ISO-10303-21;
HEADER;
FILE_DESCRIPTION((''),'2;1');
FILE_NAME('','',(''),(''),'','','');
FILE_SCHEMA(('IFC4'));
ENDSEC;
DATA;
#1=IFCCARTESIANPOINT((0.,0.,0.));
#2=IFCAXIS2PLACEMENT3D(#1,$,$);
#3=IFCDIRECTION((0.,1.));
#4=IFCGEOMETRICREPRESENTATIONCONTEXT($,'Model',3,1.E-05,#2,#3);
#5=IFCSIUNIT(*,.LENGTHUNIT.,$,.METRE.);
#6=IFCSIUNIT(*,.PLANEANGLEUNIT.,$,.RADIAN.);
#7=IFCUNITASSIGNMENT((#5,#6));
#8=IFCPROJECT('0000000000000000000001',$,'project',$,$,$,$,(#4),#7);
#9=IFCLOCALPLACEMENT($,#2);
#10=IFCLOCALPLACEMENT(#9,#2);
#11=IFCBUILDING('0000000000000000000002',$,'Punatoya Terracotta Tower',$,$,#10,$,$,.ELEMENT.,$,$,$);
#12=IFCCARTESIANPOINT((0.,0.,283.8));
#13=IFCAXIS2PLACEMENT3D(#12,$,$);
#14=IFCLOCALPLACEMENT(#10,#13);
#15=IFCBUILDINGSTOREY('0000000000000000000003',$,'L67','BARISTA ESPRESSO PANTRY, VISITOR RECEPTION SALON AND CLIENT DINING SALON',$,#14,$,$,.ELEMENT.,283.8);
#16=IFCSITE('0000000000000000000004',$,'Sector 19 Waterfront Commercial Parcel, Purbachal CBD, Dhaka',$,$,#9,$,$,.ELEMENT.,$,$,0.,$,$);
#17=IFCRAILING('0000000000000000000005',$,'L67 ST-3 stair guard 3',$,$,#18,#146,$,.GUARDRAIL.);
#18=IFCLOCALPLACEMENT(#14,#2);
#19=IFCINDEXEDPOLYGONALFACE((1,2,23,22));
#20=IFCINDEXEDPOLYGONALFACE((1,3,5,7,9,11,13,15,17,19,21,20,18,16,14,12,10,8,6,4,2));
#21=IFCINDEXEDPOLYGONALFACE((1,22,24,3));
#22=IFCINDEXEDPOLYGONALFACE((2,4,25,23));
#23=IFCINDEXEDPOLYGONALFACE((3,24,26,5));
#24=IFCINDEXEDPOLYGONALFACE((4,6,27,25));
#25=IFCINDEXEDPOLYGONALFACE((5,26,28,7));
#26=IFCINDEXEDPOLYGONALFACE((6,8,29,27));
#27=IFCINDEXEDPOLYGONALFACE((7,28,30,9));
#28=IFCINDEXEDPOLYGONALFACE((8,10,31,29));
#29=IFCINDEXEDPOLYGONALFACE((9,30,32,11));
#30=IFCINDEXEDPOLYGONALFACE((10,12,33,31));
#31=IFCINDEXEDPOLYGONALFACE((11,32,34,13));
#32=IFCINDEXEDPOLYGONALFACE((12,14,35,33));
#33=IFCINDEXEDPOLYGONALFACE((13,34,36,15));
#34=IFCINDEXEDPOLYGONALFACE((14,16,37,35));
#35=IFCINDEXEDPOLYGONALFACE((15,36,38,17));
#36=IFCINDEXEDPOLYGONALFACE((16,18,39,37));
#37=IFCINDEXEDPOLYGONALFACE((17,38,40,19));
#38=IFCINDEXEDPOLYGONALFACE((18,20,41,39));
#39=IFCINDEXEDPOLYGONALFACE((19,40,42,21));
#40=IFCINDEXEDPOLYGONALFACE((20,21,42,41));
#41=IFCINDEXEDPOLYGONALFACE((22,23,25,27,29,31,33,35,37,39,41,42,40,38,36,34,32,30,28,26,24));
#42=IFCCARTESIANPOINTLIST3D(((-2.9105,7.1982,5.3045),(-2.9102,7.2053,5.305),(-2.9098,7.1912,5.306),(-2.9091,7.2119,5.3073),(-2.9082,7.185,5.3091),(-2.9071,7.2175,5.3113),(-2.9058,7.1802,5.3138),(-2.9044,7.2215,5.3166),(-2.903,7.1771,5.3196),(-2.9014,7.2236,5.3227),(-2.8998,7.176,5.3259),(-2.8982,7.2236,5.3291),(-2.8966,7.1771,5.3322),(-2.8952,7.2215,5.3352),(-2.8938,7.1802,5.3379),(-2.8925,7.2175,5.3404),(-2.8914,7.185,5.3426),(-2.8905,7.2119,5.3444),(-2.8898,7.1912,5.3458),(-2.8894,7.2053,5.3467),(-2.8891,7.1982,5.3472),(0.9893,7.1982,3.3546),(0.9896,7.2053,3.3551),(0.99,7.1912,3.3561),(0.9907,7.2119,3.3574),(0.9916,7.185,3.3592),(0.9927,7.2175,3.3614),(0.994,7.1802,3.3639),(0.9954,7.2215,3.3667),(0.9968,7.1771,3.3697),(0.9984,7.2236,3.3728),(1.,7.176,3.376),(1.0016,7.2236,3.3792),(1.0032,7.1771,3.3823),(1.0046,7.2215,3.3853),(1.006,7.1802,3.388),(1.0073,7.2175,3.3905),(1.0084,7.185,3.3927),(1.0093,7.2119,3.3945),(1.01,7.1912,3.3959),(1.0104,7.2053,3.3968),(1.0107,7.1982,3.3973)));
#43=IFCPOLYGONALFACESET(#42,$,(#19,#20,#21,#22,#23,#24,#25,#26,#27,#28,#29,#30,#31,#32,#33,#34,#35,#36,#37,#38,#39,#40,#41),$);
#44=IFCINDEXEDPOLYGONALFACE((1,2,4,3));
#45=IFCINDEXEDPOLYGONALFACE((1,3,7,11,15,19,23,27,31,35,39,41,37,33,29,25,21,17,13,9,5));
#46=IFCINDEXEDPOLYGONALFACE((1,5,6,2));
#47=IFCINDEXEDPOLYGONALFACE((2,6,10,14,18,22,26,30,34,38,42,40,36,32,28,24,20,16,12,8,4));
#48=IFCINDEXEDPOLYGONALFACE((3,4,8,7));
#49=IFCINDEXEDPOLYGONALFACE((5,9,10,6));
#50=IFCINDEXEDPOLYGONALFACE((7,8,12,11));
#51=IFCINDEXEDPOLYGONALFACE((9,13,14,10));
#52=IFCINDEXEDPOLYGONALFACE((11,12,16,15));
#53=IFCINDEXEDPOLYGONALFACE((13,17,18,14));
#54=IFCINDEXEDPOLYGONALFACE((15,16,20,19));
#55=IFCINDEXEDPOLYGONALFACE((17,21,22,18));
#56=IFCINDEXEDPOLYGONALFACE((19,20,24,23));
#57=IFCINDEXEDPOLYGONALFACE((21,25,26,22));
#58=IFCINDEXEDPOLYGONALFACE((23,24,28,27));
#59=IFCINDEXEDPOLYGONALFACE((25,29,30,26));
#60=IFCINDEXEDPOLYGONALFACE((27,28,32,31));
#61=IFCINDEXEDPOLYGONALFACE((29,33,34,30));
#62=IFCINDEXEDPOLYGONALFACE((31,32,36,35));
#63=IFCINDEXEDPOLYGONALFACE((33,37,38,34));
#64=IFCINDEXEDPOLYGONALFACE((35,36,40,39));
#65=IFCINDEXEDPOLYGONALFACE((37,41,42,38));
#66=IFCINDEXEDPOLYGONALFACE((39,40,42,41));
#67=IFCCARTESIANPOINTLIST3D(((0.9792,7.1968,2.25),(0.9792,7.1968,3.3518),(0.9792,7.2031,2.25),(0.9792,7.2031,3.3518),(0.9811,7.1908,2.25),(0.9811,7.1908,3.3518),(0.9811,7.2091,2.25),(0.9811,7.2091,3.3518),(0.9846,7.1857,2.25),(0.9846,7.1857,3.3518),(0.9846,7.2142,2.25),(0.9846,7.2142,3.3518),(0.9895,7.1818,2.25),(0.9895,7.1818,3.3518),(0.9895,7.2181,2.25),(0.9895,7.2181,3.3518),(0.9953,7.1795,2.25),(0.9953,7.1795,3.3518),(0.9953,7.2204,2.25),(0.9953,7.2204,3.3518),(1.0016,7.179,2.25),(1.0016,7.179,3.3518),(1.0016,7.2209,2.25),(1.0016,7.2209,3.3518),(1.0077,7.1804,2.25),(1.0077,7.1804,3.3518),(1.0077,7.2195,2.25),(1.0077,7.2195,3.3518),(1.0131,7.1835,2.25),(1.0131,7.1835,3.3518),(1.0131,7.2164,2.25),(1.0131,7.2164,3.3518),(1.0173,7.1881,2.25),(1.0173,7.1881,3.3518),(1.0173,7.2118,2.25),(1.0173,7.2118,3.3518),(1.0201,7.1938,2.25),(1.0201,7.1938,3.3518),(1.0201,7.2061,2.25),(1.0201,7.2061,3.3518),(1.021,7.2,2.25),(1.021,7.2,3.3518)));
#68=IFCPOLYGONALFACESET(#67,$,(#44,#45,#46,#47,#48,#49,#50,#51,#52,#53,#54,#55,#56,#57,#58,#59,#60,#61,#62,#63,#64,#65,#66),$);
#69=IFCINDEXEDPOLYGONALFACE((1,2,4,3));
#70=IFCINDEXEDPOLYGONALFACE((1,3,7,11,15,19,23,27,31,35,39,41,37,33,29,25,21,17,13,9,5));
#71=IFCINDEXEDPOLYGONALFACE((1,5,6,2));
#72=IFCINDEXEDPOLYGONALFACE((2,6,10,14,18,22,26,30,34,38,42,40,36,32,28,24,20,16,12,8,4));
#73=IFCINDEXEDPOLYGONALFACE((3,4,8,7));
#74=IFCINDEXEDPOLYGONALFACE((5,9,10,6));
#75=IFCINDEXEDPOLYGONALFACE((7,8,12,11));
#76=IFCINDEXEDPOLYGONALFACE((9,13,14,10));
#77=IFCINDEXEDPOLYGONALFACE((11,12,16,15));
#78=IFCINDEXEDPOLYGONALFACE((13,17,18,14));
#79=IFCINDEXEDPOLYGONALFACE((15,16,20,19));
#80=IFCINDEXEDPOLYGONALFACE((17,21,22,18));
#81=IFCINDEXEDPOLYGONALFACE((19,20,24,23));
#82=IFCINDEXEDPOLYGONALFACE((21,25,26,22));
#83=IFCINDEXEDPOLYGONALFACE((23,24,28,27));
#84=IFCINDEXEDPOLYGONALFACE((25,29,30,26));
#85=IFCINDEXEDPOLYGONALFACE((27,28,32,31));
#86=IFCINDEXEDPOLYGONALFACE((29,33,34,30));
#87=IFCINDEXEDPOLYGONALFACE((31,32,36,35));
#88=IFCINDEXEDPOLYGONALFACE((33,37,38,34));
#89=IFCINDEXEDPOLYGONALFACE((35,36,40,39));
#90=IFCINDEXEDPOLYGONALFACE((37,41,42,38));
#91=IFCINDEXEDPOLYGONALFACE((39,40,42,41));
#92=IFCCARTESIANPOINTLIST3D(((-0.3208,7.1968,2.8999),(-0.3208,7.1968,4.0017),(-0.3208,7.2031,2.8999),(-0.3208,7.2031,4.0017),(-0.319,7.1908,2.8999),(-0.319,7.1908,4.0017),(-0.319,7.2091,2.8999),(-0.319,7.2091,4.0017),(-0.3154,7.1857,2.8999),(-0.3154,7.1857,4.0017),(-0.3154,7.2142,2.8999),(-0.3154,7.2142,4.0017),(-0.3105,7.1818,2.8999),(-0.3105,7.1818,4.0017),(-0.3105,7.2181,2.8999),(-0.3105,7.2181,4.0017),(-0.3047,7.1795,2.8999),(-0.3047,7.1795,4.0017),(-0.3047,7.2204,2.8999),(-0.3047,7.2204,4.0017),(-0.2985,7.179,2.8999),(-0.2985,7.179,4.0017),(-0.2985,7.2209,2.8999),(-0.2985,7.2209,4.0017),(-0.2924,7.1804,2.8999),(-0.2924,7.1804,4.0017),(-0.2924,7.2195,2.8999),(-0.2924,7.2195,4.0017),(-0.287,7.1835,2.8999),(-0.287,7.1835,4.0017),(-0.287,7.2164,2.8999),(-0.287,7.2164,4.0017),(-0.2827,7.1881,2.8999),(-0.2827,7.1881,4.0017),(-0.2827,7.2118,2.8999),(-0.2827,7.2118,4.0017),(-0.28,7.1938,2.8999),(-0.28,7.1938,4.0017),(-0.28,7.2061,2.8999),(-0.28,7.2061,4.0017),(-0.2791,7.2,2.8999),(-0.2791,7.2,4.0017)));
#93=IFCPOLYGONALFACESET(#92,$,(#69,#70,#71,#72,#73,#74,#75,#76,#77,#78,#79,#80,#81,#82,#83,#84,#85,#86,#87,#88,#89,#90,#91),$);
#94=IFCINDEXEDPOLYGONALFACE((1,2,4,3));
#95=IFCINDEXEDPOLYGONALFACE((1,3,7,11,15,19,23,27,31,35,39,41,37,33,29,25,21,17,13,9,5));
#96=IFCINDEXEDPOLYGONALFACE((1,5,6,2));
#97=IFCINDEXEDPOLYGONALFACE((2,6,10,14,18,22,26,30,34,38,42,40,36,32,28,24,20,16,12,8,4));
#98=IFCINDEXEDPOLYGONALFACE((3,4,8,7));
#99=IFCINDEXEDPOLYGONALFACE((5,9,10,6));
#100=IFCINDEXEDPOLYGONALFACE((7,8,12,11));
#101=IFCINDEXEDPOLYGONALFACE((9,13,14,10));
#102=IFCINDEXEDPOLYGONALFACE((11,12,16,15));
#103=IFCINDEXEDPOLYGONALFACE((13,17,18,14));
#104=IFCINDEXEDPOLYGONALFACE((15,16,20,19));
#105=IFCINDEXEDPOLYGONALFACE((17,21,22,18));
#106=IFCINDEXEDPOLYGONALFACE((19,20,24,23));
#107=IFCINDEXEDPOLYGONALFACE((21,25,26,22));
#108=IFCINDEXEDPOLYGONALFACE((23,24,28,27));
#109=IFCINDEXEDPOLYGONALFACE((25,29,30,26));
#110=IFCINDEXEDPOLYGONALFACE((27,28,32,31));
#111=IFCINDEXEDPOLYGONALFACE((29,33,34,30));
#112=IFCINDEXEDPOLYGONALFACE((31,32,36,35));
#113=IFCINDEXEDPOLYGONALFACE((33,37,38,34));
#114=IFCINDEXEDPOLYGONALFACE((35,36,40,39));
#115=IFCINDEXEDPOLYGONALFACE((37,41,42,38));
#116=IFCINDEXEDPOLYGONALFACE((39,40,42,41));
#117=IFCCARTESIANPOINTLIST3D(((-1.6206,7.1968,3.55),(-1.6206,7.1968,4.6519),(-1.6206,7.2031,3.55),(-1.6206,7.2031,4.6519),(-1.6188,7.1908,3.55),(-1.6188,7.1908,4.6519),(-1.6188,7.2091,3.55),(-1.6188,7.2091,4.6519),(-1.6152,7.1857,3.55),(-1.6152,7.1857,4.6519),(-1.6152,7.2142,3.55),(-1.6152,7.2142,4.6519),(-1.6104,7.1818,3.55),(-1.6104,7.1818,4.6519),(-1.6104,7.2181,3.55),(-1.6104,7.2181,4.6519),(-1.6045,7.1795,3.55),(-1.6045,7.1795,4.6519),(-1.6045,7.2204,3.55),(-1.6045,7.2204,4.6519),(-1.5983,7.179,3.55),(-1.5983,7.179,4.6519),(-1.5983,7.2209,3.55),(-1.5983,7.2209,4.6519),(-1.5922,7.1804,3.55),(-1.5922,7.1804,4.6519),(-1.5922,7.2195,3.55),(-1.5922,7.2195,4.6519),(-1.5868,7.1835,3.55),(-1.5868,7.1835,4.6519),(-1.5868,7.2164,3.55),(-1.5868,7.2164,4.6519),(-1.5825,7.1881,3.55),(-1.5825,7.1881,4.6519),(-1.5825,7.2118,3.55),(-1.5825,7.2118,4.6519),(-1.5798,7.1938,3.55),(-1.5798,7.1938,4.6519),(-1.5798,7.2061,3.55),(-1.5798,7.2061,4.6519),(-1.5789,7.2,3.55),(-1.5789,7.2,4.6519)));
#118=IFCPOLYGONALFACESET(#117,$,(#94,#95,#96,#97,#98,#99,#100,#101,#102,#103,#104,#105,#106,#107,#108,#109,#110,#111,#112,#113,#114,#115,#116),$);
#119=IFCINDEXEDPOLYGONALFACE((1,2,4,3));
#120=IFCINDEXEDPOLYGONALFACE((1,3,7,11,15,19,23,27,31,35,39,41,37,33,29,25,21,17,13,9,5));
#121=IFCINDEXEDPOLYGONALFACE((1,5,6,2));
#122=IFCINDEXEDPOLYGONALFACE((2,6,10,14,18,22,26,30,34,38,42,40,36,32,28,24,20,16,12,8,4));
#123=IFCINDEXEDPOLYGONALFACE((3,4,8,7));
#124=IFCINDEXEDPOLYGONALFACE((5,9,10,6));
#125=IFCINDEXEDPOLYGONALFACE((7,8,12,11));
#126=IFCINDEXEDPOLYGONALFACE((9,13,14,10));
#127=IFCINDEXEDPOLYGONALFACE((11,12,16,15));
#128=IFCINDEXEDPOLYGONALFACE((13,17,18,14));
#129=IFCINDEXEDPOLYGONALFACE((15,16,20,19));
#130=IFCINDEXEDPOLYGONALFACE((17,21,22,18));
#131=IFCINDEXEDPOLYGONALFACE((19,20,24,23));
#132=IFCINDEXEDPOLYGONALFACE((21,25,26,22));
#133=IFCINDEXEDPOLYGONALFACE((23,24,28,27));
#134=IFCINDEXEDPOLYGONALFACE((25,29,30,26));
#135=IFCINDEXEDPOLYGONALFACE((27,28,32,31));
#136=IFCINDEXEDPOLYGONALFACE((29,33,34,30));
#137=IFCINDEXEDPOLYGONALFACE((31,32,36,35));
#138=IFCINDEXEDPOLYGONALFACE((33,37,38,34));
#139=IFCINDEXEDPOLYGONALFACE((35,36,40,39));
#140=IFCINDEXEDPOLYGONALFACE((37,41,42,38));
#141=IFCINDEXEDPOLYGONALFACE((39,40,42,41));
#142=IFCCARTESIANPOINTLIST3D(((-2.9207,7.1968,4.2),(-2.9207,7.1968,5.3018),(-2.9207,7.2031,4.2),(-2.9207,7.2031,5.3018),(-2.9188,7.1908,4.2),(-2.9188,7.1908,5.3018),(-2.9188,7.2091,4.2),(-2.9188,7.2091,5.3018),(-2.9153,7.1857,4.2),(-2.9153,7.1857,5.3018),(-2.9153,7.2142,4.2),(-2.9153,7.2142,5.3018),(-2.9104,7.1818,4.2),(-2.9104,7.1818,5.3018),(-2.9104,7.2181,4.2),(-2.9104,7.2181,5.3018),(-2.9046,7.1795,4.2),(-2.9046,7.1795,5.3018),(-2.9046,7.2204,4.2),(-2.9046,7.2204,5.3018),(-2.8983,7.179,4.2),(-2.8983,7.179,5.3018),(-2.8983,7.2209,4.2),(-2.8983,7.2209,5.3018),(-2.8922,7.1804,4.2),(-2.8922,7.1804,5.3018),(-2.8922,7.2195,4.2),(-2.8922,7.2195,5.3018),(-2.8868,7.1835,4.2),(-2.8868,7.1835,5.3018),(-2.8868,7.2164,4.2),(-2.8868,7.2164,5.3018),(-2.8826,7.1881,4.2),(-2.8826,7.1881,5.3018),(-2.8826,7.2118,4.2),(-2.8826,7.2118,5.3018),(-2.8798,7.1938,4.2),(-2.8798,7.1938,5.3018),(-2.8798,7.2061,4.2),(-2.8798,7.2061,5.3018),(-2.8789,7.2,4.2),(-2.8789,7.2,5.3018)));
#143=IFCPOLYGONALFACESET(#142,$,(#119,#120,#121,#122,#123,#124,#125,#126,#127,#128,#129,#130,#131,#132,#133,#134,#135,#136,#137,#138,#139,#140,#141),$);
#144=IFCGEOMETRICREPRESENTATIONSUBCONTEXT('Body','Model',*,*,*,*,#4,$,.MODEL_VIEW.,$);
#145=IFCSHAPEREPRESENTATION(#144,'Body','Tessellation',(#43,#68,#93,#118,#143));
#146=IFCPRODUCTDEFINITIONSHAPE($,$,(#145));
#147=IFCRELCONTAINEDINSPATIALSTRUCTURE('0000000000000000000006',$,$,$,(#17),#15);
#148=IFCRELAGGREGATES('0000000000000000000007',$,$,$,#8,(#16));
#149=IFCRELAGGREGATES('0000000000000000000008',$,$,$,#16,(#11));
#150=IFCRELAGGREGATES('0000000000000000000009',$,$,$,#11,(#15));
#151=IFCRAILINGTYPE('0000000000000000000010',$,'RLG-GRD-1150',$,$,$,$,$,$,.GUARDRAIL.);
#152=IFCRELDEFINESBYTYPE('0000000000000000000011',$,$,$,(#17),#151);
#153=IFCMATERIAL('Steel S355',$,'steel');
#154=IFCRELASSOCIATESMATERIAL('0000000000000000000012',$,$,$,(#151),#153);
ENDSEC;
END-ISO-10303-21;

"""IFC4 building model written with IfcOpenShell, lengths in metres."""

from ifc_helpers import new_model, si_unit, direction, frame, origin, origin_2d, place, context, subcontext, project, spatial, circle, extrude, material, type_object, element, save


model = new_model("IFC4")

# Units and contexts
model_context = context("Model", 3, precision=1e-05, world=origin(), true_north=direction((0.0, 1.0)))
body_context = subcontext(model_context, "Body", "Model", "MODEL_VIEW")
ifc_project = project(units=[si_unit("LENGTHUNIT", "METRE"), si_unit("PLANEANGLEUNIT", "RADIAN")], contexts=[model_context])

# Site, building, storey
site_placement = place(None, origin())
site = spatial("IfcSite", under=ifc_project, at=site_placement, Name="Sector 19 Waterfront Commercial Parcel, Purbachal CBD, Dhaka", CompositionType="ELEMENT", RefElevation=0.0)
building_placement = place(site_placement, origin())
building = spatial("IfcBuilding", under=site, at=building_placement, Name="Punatoya Terracotta Tower", CompositionType="ELEMENT")
storey_placement = place(building_placement, frame((0.0, 0.0, 283.8)))
storey = spatial("IfcBuildingStorey", under=building, at=storey_placement, Name="L67", Description="BARISTA ESPRESSO PANTRY, VISITOR RECEPTION SALON AND CLIENT DINING SALON", CompositionType="ELEMENT", Elevation=283.8)

# Shared definitions
ifc_material_1 = material(Name="Steel S355", Category="steel")

# Railing
railing_type = type_object("IfcRailingType", Name="RLG-GRD-1150", PredefinedType="GUARDRAIL", material=ifc_material_1)
railing_1_placement = place(storey_placement, frame((1.0, 7.2, 2.25)))
element("IfcRailing", 1, at=railing_1_placement, inside=storey, type_object=railing_type, Name="L67 ST-3 stair guard 3", PredefinedType="GUARDRAIL", context=body_context, shape_type="SweptSolid", body=[
    extrude(circle(Radius=0.0239, at=origin_2d()), frame((0.0, 0.0, 1.126), z_axis=(-0.894427, 0.0, 0.447214), x_axis=(0.0, -1.0, 0.0)), (0.0, 0.0, 1.0), 4.3601),
    extrude(circle(Radius=0.021, at=origin_2d()), origin(), (0.0, 0.0, 1.0), 1.1018),
    extrude(circle(Radius=0.021, at=origin_2d()), frame((-1.3, 0.0, 0.6499)), (0.0, 0.0, 1.0), 1.1018),
    extrude(circle(Radius=0.021, at=origin_2d()), frame((-2.5999, 0.0, 1.3)), (0.0, 0.0, 1.0), 1.1018),
    extrude(circle(Radius=0.021, at=origin_2d()), frame((-3.8999, 0.0, 1.95)), (0.0, 0.0, 1.0), 1.1018),
])

save(model, "model.ifc")
